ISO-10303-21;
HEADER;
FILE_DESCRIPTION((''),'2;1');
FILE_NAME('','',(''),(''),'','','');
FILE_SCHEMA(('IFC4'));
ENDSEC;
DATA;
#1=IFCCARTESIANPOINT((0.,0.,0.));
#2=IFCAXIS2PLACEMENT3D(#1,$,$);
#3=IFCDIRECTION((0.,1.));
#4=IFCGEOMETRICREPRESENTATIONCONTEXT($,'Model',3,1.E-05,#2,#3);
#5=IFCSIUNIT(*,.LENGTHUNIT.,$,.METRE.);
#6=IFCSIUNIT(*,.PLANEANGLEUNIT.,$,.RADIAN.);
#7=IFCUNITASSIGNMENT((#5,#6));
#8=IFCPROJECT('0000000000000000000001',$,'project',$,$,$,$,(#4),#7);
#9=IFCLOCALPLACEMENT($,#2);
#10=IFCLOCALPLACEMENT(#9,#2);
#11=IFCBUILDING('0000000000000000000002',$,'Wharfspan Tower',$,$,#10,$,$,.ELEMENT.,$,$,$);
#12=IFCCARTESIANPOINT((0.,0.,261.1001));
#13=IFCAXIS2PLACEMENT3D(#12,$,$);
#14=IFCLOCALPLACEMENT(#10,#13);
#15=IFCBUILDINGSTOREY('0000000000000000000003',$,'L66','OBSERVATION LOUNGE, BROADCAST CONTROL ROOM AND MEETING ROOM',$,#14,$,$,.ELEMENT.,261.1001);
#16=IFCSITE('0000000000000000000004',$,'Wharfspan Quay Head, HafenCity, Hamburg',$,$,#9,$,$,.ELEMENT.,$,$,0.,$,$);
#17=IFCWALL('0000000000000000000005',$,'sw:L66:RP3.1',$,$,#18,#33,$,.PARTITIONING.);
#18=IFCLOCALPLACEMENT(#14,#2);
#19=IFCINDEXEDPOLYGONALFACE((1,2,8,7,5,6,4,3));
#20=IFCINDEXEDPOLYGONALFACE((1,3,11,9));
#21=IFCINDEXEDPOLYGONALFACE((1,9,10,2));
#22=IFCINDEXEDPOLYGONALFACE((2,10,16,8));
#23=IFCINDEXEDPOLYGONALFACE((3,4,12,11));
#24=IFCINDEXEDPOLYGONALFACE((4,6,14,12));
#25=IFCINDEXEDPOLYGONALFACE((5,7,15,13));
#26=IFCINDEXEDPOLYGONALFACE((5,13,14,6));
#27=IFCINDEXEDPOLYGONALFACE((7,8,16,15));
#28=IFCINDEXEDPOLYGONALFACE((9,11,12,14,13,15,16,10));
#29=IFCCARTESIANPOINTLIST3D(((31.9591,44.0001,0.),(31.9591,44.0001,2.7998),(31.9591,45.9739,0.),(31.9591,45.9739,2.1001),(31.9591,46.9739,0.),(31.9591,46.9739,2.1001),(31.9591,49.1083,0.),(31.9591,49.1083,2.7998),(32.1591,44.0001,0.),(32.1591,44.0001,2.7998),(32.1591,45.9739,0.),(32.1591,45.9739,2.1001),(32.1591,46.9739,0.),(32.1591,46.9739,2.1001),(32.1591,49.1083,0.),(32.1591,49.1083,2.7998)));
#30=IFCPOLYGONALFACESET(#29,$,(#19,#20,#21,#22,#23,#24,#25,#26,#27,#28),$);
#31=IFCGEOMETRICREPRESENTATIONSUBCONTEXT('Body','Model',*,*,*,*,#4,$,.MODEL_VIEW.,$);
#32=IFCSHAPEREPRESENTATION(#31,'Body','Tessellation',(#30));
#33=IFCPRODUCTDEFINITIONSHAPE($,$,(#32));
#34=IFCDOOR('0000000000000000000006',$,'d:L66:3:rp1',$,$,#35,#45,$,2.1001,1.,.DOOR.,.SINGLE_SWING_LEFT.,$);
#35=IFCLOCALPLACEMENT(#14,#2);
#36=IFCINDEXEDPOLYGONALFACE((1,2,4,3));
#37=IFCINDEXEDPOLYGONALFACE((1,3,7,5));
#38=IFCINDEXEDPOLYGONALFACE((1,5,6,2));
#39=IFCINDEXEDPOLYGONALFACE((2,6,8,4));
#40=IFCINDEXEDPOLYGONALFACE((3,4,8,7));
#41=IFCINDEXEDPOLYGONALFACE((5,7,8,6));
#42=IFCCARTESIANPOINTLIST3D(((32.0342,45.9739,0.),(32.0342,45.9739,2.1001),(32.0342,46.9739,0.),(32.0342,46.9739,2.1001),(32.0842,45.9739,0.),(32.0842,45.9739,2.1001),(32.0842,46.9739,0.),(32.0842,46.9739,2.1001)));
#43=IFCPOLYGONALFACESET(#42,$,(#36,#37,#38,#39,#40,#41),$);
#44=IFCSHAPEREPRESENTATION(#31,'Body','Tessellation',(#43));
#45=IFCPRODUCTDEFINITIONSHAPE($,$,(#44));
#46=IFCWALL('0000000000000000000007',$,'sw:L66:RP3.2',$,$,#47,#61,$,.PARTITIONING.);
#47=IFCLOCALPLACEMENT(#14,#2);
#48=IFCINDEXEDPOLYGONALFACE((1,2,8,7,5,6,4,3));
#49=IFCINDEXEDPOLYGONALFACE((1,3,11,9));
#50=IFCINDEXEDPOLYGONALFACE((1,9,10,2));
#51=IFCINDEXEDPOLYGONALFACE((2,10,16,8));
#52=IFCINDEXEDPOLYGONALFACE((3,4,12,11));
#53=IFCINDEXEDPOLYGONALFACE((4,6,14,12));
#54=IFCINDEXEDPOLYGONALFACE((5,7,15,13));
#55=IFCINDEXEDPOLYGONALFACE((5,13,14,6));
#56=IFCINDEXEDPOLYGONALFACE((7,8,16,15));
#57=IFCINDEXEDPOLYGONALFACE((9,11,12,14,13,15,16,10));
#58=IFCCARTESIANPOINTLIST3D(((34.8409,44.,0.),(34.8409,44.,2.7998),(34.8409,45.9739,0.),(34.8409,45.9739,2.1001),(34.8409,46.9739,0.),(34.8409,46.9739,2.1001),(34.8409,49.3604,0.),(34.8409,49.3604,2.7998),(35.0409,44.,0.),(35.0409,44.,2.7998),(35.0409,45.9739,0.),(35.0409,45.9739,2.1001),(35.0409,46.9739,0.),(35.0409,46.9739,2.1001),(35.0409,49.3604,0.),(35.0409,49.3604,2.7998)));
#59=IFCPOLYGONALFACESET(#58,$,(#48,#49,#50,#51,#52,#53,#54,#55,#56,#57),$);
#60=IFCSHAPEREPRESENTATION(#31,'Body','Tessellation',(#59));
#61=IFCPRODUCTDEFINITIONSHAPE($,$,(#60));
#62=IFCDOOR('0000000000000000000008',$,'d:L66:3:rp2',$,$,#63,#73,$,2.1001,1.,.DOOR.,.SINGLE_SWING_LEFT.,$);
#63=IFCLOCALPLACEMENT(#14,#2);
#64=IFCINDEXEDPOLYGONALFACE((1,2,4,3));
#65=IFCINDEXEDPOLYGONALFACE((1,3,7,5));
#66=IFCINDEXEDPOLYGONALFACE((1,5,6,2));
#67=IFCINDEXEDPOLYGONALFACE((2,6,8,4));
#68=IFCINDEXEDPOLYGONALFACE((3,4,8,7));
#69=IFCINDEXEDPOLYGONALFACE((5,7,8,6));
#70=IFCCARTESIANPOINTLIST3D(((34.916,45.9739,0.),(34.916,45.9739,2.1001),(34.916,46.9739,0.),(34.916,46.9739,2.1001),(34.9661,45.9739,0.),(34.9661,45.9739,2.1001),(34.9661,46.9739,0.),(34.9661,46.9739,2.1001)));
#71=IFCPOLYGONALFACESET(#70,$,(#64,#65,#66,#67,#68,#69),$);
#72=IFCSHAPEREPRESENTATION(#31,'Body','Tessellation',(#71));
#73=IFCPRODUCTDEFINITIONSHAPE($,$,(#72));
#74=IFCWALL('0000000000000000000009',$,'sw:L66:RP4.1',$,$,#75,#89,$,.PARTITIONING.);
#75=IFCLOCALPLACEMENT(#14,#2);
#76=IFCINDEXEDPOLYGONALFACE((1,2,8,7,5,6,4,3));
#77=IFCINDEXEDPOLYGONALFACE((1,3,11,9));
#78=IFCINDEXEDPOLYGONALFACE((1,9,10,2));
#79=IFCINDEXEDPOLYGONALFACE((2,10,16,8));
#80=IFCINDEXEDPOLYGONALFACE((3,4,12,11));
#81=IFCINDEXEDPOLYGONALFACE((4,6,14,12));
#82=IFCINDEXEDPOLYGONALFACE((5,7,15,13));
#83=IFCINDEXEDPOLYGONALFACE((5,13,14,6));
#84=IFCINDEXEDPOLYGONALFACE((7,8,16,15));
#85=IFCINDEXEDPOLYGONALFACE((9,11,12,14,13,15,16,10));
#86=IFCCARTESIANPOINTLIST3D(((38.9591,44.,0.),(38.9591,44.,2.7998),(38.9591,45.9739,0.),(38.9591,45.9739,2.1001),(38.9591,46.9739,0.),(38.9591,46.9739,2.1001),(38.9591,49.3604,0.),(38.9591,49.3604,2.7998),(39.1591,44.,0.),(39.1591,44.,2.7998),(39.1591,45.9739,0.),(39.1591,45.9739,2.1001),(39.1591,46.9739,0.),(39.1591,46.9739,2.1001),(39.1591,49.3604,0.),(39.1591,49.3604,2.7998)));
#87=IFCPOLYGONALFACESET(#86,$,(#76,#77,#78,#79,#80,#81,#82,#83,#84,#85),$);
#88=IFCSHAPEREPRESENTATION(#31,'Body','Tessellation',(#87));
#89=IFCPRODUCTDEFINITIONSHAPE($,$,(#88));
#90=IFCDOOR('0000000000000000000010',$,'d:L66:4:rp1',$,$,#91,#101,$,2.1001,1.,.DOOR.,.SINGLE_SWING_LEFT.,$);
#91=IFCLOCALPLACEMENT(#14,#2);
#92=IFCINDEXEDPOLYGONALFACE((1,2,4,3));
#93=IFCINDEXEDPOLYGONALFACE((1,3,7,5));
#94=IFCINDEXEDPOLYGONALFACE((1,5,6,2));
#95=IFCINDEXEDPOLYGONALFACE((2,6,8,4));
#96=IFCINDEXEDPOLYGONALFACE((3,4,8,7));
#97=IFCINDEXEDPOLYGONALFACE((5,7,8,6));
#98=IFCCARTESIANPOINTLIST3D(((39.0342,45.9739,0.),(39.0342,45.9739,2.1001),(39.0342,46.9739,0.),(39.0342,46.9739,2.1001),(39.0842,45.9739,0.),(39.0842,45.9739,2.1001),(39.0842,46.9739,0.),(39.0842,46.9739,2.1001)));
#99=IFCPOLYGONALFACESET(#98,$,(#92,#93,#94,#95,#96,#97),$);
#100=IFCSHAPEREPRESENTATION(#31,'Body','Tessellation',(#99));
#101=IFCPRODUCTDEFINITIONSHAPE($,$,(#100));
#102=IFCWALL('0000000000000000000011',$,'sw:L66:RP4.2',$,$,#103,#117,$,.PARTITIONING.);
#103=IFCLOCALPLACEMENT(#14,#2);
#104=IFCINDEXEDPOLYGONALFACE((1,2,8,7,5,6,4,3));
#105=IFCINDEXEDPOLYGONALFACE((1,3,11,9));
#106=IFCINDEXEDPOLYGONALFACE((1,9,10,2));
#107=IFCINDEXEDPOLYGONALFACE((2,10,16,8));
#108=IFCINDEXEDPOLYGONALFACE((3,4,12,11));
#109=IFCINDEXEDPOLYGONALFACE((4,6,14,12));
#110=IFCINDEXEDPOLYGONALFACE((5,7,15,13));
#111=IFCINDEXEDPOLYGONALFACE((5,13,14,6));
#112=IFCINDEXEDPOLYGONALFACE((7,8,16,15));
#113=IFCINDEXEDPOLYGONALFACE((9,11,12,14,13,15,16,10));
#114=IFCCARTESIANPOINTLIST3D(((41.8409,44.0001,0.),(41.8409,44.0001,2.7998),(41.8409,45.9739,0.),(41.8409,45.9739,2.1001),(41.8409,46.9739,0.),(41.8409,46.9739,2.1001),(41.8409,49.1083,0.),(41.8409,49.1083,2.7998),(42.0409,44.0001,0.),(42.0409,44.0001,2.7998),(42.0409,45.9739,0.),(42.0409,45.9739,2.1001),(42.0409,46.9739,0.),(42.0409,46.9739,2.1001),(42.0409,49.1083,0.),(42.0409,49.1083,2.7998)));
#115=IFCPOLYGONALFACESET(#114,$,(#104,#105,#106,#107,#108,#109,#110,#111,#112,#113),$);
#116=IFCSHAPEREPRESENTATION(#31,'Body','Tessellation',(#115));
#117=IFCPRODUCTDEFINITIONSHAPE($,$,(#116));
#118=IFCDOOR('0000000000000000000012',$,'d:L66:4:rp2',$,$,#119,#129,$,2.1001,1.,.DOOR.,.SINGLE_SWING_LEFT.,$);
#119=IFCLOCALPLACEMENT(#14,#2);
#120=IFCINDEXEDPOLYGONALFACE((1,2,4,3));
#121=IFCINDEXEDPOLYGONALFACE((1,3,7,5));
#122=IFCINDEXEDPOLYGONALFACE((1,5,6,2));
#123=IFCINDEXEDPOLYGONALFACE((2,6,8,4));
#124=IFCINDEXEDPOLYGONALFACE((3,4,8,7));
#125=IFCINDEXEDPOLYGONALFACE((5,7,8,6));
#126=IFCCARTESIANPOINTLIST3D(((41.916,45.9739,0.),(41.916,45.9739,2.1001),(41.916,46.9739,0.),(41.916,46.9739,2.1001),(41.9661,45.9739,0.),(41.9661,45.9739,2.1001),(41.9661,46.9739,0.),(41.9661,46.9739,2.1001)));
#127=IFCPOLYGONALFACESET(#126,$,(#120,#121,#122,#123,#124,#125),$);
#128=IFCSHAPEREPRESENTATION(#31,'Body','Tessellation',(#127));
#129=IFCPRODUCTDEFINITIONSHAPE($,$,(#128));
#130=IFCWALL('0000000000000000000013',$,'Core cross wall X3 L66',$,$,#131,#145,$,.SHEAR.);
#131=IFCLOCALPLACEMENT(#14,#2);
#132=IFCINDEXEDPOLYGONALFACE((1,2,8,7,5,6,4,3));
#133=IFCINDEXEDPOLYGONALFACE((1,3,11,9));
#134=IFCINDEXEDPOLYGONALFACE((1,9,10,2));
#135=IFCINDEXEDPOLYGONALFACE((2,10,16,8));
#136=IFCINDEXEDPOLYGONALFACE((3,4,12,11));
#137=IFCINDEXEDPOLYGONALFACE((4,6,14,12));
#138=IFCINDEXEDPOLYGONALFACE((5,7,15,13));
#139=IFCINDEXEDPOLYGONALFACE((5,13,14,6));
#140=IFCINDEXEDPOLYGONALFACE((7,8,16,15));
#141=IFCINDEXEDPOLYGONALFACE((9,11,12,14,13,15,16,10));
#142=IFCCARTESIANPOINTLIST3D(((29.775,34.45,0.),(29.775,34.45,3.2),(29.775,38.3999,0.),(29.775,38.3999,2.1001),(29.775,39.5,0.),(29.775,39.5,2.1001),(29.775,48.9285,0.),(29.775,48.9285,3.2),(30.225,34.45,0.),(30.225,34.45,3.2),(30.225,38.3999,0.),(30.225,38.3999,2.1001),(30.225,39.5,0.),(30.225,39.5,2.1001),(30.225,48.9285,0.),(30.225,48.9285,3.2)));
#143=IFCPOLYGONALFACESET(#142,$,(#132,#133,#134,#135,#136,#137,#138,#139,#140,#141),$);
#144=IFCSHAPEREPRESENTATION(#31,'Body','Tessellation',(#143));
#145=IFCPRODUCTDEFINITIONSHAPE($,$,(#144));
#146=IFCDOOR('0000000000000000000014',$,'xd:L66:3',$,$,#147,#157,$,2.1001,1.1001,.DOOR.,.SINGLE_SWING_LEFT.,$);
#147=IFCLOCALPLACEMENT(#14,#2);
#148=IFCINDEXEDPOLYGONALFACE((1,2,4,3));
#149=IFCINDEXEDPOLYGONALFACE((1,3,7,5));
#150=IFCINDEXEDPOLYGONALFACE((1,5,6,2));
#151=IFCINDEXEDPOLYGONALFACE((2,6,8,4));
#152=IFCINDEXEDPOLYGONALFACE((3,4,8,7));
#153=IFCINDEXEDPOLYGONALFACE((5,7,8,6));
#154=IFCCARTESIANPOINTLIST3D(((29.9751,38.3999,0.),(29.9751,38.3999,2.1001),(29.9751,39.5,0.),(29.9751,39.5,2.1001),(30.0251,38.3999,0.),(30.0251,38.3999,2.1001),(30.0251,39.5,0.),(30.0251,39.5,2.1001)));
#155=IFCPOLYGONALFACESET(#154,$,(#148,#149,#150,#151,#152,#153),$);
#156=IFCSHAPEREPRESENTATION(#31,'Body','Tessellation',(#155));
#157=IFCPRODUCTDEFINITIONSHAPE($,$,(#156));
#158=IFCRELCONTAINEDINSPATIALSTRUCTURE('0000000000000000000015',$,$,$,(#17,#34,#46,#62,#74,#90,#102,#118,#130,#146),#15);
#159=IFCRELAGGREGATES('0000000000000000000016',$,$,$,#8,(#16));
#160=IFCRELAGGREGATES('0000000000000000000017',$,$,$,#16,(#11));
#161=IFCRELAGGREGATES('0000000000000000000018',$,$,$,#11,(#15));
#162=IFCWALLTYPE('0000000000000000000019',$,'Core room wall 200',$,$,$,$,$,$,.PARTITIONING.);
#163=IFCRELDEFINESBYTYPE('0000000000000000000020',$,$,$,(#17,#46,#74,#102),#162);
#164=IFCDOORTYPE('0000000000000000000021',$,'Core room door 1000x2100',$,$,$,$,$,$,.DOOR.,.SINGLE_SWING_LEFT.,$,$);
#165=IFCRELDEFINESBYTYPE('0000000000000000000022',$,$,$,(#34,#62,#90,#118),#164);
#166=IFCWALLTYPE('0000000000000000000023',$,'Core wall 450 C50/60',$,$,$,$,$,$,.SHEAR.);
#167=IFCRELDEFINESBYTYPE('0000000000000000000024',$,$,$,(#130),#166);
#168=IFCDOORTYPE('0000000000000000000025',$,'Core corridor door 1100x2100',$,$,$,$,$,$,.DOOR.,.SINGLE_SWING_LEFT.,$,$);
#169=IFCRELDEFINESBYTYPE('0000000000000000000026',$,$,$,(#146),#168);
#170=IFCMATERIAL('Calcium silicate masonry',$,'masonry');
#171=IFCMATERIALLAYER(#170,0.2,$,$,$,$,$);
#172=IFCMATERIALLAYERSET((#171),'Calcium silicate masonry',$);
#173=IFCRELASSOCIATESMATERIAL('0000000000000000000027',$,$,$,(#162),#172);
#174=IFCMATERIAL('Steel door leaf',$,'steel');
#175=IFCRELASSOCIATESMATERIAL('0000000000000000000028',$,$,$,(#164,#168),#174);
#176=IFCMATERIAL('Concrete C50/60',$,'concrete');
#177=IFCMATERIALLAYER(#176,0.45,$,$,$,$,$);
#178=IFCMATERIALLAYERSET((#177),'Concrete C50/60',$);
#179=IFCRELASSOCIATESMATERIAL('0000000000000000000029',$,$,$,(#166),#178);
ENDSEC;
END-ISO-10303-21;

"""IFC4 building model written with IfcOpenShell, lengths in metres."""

from ifc_helpers import new_model, si_unit, direction, frame, frame_2d, origin, place, context, subcontext, project, spatial, rectangle, extrude, material, layer, layer_set, type_object, element, fill, save


model = new_model("IFC4")

# Units and contexts
model_context = context("Model", 3, precision=1e-05, world=origin(), true_north=direction((0.0, 1.0)))
body_context = subcontext(model_context, "Body", "Model", "MODEL_VIEW")
ifc_project = project(units=[si_unit("LENGTHUNIT", "METRE"), si_unit("PLANEANGLEUNIT", "RADIAN")], contexts=[model_context])

# Site, building, storey
site_placement = place(None, origin())
site = spatial("IfcSite", under=ifc_project, at=site_placement, Name="Wharfspan Quay Head, HafenCity, Hamburg", CompositionType="ELEMENT", RefElevation=0.0)
building_placement = place(site_placement, origin())
building = spatial("IfcBuilding", under=site, at=building_placement, Name="Wharfspan Tower", CompositionType="ELEMENT")
storey_placement = place(building_placement, frame((0.0, 0.0, 261.1001)))
storey = spatial("IfcBuildingStorey", under=building, at=storey_placement, Name="L66", Description="OBSERVATION LOUNGE, BROADCAST CONTROL ROOM AND MEETING ROOM", CompositionType="ELEMENT", Elevation=261.1001)

# Walls, openings, doors
ifc_material_1 = material(Name="Calcium silicate masonry", Category="masonry")
ifc_layer_1 = layer(ifc_material_1, 0.2)
ifc_layer_set_1 = layer_set([ifc_layer_1], Name="Calcium silicate masonry")
wall_type_1 = type_object("IfcWallType", Name="Core room wall 200", PredefinedType="PARTITIONING", material=ifc_layer_set_1)
wall_1_placement = place(storey_placement, frame((32.0591, 44.0, 0.0), z_axis=(0.0, 0.0, 1.0), x_axis=(0.0, 1.0, 0.0)))
wall_1 = element("IfcWall", 1, at=wall_1_placement, inside=storey, type_object=wall_type_1, Name="sw:L66:RP3.1", PredefinedType="PARTITIONING", context=body_context, shape_type="SweptSolid", body=[
    extrude(rectangle(XDim=5.1082, YDim=0.2, at=frame_2d((2.5542, 0.0))), origin(), (0.0, 0.0, 1.0), 2.7998),
])
opening_1_placement = place(wall_1_placement, frame((1.9739, 0.0, 0.0)))
opening_1 = element("IfcOpeningElement", 2, at=opening_1_placement, cuts=wall_1, PredefinedType="OPENING", context=body_context, shape_type="SweptSolid", body=[
    extrude(rectangle(XDim=1.0, YDim=2.1001, at=frame_2d((0.5, 1.05))), frame((0.0, 0.1099, 0.0), z_axis=(0.0, -1.0, 0.0), x_axis=(1.0, 0.0, 0.0)), (0.0, 0.0, 1.0), 0.22),
])
ifc_material_2 = material(Name="Steel door leaf", Category="steel")
door_type_1 = type_object("IfcDoorType", Name="Core room door 1000x2100", OperationType="SINGLE_SWING_LEFT", PredefinedType="DOOR", material=ifc_material_2)
door_1_placement = place(opening_1_placement, origin())
door_1 = element("IfcDoor", 3, at=door_1_placement, inside=storey, type_object=door_type_1, Name="d:L66:3:rp1", OperationType="SINGLE_SWING_LEFT", OverallHeight=2.1001, OverallWidth=1.0, PredefinedType="DOOR", context=body_context, shape_type="SweptSolid", body=[
    extrude(rectangle(XDim=1.0, YDim=2.1001, at=frame_2d((0.5, 1.05))), frame((0.0, 0.0249, 0.0), z_axis=(0.0, -1.0, 0.0), x_axis=(1.0, 0.0, 0.0)), (0.0, 0.0, 1.0), 0.05),
])
fill(opening_1, door_1)
wall_2_placement = place(storey_placement, frame((34.9409, 44.0, 0.0), z_axis=(0.0, 0.0, 1.0), x_axis=(0.0, 1.0, 0.0)))
wall_2 = element("IfcWall", 4, at=wall_2_placement, inside=storey, type_object=wall_type_1, Name="sw:L66:RP3.2", PredefinedType="PARTITIONING", context=body_context, shape_type="SweptSolid", body=[
    extrude(rectangle(XDim=5.3604, YDim=0.2, at=frame_2d((2.6802, 0.0))), origin(), (0.0, 0.0, 1.0), 2.7998),
])
opening_2_placement = place(wall_2_placement, frame((1.9739, 0.0, 0.0)))
opening_2 = element("IfcOpeningElement", 5, at=opening_2_placement, cuts=wall_2, PredefinedType="OPENING", context=body_context, shape_type="SweptSolid", body=[
    extrude(rectangle(XDim=1.0, YDim=2.1001, at=frame_2d((0.5, 1.05))), frame((0.0, 0.1099, 0.0), z_axis=(0.0, -1.0, 0.0), x_axis=(1.0, 0.0, 0.0)), (0.0, 0.0, 1.0), 0.22),
])
door_2_placement = place(opening_2_placement, origin())
door_2 = element("IfcDoor", 6, at=door_2_placement, inside=storey, type_object=door_type_1, Name="d:L66:3:rp2", OperationType="SINGLE_SWING_LEFT", OverallHeight=2.1001, OverallWidth=1.0, PredefinedType="DOOR", context=body_context, shape_type="SweptSolid", body=[
    extrude(rectangle(XDim=1.0, YDim=2.1001, at=frame_2d((0.5, 1.05))), frame((0.0, 0.0249, 0.0), z_axis=(0.0, -1.0, 0.0), x_axis=(1.0, 0.0, 0.0)), (0.0, 0.0, 1.0), 0.05),
])
fill(opening_2, door_2)
wall_3_placement = place(storey_placement, frame((39.0591, 44.0, 0.0), z_axis=(0.0, 0.0, 1.0), x_axis=(0.0, 1.0, 0.0)))
wall_3 = element("IfcWall", 7, at=wall_3_placement, inside=storey, type_object=wall_type_1, Name="sw:L66:RP4.1", PredefinedType="PARTITIONING", context=body_context, shape_type="SweptSolid", body=[
    extrude(rectangle(XDim=5.3604, YDim=0.2, at=frame_2d((2.6802, 0.0))), origin(), (0.0, 0.0, 1.0), 2.7998),
])
opening_3_placement = place(wall_3_placement, frame((1.9739, 0.0, 0.0)))
opening_3 = element("IfcOpeningElement", 8, at=opening_3_placement, cuts=wall_3, PredefinedType="OPENING", context=body_context, shape_type="SweptSolid", body=[
    extrude(rectangle(XDim=1.0, YDim=2.1001, at=frame_2d((0.5, 1.05))), frame((0.0, 0.1099, 0.0), z_axis=(0.0, -1.0, 0.0), x_axis=(1.0, 0.0, 0.0)), (0.0, 0.0, 1.0), 0.22),
])
door_3_placement = place(opening_3_placement, origin())
door_3 = element("IfcDoor", 9, at=door_3_placement, inside=storey, type_object=door_type_1, Name="d:L66:4:rp1", OperationType="SINGLE_SWING_LEFT", OverallHeight=2.1001, OverallWidth=1.0, PredefinedType="DOOR", context=body_context, shape_type="SweptSolid", body=[
    extrude(rectangle(XDim=1.0, YDim=2.1001, at=frame_2d((0.5, 1.05))), frame((0.0, 0.0249, 0.0), z_axis=(0.0, -1.0, 0.0), x_axis=(1.0, 0.0, 0.0)), (0.0, 0.0, 1.0), 0.05),
])
fill(opening_3, door_3)
wall_4_placement = place(storey_placement, frame((41.9409, 44.0, 0.0), z_axis=(0.0, 0.0, 1.0), x_axis=(0.0, 1.0, 0.0)))
wall_4 = element("IfcWall", 10, at=wall_4_placement, inside=storey, type_object=wall_type_1, Name="sw:L66:RP4.2", PredefinedType="PARTITIONING", context=body_context, shape_type="SweptSolid", body=[
    extrude(rectangle(XDim=5.1082, YDim=0.2, at=frame_2d((2.5542, 0.0))), origin(), (0.0, 0.0, 1.0), 2.7998),
])
opening_4_placement = place(wall_4_placement, frame((1.9739, 0.0, 0.0)))
opening_4 = element("IfcOpeningElement", 11, at=opening_4_placement, cuts=wall_4, PredefinedType="OPENING", context=body_context, shape_type="SweptSolid", body=[
    extrude(rectangle(XDim=1.0, YDim=2.1001, at=frame_2d((0.5, 1.05))), frame((0.0, 0.1099, 0.0), z_axis=(0.0, -1.0, 0.0), x_axis=(1.0, 0.0, 0.0)), (0.0, 0.0, 1.0), 0.22),
])
door_4_placement = place(opening_4_placement, origin())
door_4 = element("IfcDoor", 12, at=door_4_placement, inside=storey, type_object=door_type_1, Name="d:L66:4:rp2", OperationType="SINGLE_SWING_LEFT", OverallHeight=2.1001, OverallWidth=1.0, PredefinedType="DOOR", context=body_context, shape_type="SweptSolid", body=[
    extrude(rectangle(XDim=1.0, YDim=2.1001, at=frame_2d((0.5, 1.05))), frame((0.0, 0.0249, 0.0), z_axis=(0.0, -1.0, 0.0), x_axis=(1.0, 0.0, 0.0)), (0.0, 0.0, 1.0), 0.05),
])
fill(opening_4, door_4)
ifc_material_3 = material(Name="Concrete C50/60", Category="concrete")
ifc_layer_2 = layer(ifc_material_3, 0.45)
ifc_layer_set_2 = layer_set([ifc_layer_2], Name="Concrete C50/60")
wall_type_2 = type_object("IfcWallType", Name="Core wall 450 C50/60", PredefinedType="SHEAR", material=ifc_layer_set_2)
wall_5_placement = place(storey_placement, frame((30.0, 34.45, 0.0), z_axis=(0.0, 0.0, 1.0), x_axis=(0.0, 1.0, 0.0)))
wall_5 = element("IfcWall", 13, at=wall_5_placement, inside=storey, type_object=wall_type_2, Name="Core cross wall X3 L66", PredefinedType="SHEAR", context=body_context, shape_type="SweptSolid", body=[
    extrude(rectangle(XDim=14.4785, YDim=0.45, at=frame_2d((7.2393, 0.0))), origin(), (0.0, 0.0, 1.0), 3.2),
])
opening_5_placement = place(wall_5_placement, frame((3.95, 0.0, 0.0)))
opening_5 = element("IfcOpeningElement", 14, at=opening_5_placement, cuts=wall_5, PredefinedType="OPENING", context=body_context, shape_type="SweptSolid", body=[
    extrude(rectangle(XDim=1.1001, YDim=2.1001, at=frame_2d((0.55, 1.05))), frame((0.0, 0.2349, 0.0), z_axis=(0.0, -1.0, 0.0), x_axis=(1.0, 0.0, 0.0)), (0.0, 0.0, 1.0), 0.47),
])
door_type_2 = type_object("IfcDoorType", Name="Core corridor door 1100x2100", OperationType="SINGLE_SWING_LEFT", PredefinedType="DOOR", material=ifc_material_2)
door_5_placement = place(opening_5_placement, origin())
door_5 = element("IfcDoor", 15, at=door_5_placement, inside=storey, type_object=door_type_2, Name="xd:L66:3", OperationType="SINGLE_SWING_LEFT", OverallHeight=2.1001, OverallWidth=1.1001, PredefinedType="DOOR", context=body_context, shape_type="SweptSolid", body=[
    extrude(rectangle(XDim=1.1001, YDim=2.1001, at=frame_2d((0.55, 1.05))), frame((0.0, 0.0249, 0.0), z_axis=(0.0, -1.0, 0.0), x_axis=(1.0, 0.0, 0.0)), (0.0, 0.0, 1.0), 0.05),
])
fill(opening_5, door_5)

save(model, "model.ifc")
